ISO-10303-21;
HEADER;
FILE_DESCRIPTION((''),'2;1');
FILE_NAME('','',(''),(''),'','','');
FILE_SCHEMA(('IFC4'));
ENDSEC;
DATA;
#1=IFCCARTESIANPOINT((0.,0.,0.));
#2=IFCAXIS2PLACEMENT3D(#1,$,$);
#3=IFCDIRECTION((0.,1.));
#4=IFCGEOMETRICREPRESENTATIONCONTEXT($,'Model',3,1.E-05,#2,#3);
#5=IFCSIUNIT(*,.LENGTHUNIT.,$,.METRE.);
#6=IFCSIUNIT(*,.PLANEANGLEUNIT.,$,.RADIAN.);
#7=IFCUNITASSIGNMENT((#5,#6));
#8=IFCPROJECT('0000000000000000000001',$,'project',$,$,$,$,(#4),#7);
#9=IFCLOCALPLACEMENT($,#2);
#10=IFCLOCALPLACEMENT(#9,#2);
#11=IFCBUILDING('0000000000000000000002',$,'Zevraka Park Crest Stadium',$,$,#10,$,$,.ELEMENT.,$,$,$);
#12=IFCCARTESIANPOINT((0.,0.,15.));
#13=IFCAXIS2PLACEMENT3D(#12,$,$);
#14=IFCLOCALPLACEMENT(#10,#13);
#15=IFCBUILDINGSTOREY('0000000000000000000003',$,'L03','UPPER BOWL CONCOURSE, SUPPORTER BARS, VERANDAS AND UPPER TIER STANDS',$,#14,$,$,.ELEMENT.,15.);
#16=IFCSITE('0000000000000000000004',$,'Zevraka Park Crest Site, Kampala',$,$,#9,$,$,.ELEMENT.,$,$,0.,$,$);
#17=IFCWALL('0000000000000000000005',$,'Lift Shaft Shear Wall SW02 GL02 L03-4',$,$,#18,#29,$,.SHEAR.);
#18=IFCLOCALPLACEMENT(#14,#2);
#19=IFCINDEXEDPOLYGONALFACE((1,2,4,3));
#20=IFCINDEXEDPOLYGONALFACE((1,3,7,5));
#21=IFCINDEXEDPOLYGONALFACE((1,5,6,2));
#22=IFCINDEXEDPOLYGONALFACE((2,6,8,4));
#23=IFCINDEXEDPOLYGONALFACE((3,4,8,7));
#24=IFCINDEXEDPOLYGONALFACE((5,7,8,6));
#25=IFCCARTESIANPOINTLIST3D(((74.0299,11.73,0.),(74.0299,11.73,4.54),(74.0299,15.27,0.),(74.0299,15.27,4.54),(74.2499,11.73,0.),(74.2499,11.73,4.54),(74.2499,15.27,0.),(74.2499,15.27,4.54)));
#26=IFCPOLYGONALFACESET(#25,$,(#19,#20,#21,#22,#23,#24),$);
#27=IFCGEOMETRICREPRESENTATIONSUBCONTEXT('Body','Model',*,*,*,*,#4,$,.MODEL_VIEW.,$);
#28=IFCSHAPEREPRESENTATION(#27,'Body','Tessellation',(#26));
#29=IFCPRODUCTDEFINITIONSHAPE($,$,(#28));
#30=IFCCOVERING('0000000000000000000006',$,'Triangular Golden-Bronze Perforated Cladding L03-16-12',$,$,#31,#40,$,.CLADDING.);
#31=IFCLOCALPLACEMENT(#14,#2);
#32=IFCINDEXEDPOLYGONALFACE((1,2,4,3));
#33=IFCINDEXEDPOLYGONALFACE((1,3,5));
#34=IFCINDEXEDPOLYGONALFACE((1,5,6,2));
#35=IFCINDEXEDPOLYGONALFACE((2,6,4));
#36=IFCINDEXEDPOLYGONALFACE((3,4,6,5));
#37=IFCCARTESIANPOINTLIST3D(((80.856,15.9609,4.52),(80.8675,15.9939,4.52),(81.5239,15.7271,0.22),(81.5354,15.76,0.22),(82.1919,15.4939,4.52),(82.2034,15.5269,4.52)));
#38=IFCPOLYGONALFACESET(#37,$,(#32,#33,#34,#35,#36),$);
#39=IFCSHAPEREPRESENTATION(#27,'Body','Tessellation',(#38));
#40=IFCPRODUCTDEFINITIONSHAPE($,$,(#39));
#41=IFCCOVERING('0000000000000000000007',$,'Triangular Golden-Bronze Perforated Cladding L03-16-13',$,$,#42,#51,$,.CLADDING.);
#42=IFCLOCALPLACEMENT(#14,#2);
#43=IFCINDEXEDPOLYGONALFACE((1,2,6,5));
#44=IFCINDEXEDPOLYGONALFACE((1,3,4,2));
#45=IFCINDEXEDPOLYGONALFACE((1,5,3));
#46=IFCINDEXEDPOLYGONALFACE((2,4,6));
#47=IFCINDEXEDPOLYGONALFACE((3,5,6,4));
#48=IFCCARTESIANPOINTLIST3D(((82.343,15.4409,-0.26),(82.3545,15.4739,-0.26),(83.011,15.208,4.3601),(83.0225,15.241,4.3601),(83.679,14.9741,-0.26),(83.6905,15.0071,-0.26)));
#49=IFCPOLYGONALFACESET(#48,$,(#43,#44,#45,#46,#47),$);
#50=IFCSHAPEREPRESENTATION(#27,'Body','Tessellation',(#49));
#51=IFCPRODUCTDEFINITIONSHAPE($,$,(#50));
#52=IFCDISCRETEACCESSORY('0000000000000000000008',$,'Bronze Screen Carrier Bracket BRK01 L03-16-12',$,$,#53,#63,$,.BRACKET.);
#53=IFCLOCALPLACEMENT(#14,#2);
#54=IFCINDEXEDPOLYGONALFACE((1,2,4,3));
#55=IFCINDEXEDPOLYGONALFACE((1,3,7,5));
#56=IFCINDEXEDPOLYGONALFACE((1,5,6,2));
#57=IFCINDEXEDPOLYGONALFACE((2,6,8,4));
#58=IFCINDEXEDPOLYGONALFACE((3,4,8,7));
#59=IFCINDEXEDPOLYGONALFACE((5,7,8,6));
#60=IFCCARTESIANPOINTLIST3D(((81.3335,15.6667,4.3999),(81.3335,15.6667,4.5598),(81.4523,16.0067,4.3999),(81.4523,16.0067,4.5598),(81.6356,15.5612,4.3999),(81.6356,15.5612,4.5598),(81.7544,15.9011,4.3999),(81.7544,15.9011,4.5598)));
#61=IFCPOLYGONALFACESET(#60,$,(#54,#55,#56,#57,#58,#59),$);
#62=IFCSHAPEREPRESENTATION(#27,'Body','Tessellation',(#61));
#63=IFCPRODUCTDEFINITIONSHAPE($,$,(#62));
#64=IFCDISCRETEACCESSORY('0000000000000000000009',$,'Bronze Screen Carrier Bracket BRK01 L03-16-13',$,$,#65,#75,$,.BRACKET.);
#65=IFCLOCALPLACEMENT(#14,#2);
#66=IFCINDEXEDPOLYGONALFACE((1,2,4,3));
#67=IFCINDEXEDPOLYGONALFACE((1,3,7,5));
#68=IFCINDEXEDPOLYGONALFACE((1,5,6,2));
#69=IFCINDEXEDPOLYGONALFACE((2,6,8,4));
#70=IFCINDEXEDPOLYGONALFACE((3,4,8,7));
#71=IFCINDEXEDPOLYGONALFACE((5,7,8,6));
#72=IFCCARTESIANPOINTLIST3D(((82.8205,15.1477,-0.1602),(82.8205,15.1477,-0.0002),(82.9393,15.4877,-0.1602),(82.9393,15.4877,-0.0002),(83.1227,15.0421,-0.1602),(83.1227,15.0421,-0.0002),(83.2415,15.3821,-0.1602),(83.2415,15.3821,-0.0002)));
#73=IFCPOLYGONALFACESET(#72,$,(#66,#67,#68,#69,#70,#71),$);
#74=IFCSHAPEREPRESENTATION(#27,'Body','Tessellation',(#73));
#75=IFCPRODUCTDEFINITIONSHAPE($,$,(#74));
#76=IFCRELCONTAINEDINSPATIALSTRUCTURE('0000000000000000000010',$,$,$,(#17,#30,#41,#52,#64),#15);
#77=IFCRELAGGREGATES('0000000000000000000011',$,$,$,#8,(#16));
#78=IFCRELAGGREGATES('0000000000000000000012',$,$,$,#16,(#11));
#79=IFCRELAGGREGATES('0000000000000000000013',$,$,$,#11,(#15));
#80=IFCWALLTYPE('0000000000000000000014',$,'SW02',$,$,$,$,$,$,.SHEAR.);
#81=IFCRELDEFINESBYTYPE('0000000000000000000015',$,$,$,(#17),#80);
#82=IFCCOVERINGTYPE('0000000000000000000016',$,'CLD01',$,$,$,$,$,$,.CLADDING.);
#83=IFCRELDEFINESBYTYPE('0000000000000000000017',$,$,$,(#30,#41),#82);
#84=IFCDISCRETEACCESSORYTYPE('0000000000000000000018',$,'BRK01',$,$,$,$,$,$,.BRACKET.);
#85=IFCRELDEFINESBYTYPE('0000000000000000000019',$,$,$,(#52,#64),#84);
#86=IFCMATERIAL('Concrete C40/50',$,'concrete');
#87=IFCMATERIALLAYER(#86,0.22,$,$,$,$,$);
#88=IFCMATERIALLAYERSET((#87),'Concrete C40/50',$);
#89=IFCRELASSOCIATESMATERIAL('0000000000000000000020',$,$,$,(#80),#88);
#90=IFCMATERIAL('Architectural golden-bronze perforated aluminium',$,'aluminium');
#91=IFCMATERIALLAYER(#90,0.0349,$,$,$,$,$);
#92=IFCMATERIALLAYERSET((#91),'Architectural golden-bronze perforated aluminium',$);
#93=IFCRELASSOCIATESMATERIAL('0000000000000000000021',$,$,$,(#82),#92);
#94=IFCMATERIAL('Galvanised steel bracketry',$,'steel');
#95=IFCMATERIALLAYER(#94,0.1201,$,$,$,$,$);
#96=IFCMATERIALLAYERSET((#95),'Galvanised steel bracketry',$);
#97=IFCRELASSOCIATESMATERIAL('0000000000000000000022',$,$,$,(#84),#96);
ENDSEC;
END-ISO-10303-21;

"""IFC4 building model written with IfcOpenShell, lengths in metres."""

from ifc_helpers import new_model, si_unit, direction, frame, frame_2d, origin, origin_2d, place, context, subcontext, project, spatial, polyline, rectangle, outline, extrude, material, layer, layer_set, type_object, element, save


model = new_model("IFC4")

# Units and contexts
model_context = context("Model", 3, precision=1e-05, world=origin(), true_north=direction((0.0, 1.0)))
body_context = subcontext(model_context, "Body", "Model", "MODEL_VIEW")
ifc_project = project(units=[si_unit("LENGTHUNIT", "METRE"), si_unit("PLANEANGLEUNIT", "RADIAN")], contexts=[model_context])

# Site, building, storey
site_placement = place(None, origin())
site = spatial("IfcSite", under=ifc_project, at=site_placement, Name="Zevraka Park Crest Site, Kampala", CompositionType="ELEMENT", RefElevation=0.0)
building_placement = place(site_placement, origin())
building = spatial("IfcBuilding", under=site, at=building_placement, Name="Zevraka Park Crest Stadium", CompositionType="ELEMENT")
storey_placement = place(building_placement, frame((0.0, 0.0, 15.0)))
storey = spatial("IfcBuildingStorey", under=building, at=storey_placement, Name="L03", Description="UPPER BOWL CONCOURSE, SUPPORTER BARS, VERANDAS AND UPPER TIER STANDS", CompositionType="ELEMENT", Elevation=15.0)

# Wall
ifc_material_1 = material(Name="Concrete C40/50", Category="concrete")
ifc_layer_1 = layer(ifc_material_1, 0.22)
ifc_layer_set_1 = layer_set([ifc_layer_1], Name="Concrete C40/50")
wall_type = type_object("IfcWallType", Name="SW02", PredefinedType="SHEAR", material=ifc_layer_set_1)
wall_1_placement = place(storey_placement, frame((74.1399, 15.27, 0.0), z_axis=(0.0, 0.0, 1.0), x_axis=(0.0, -1.0, 0.0)))
element("IfcWall", 1, at=wall_1_placement, inside=storey, type_object=wall_type, Name="Lift Shaft Shear Wall SW02 GL02 L03-4", PredefinedType="SHEAR", context=body_context, shape_type="SweptSolid", body=[
    extrude(rectangle(XDim=3.54, YDim=0.22, at=frame_2d((1.77, 0.0))), origin(), (0.0, 0.0, 1.0), 4.54),
])

# Coverings
ifc_material_2 = material(Name="Architectural golden-bronze perforated aluminium", Category="aluminium")
ifc_layer_2 = layer(ifc_material_2, 0.0349)
ifc_layer_set_2 = layer_set([ifc_layer_2], Name="Architectural golden-bronze perforated aluminium")
covering_type = type_object("IfcCoveringType", Name="CLD01", PredefinedType="CLADDING", material=ifc_layer_set_2)
covering_1_placement = place(storey_placement, frame((82.1919, 15.4939, 4.52), z_axis=(-0.330012, -0.943977, 0.00008), x_axis=(-0.943977, 0.330012, 0.0)))
element("IfcCovering", 2, at=covering_1_placement, inside=storey, type_object=covering_type, Name="Triangular Golden-Bronze Perforated Cladding L03-16-12", PredefinedType="CLADDING", context=body_context, shape_type="SweptSolid", body=[
    extrude(outline(polyline([(0.0, 0.0), (1.4152, 0.0), (0.7075, 4.3), (0.0, 0.0)])), origin(), (0.0, 0.0, -1.0), 0.0349),
])
covering_2_placement = place(storey_placement, frame((82.343, 15.4409, -0.26), z_axis=(-0.329859, -0.94403, 0.0001), x_axis=(0.94403, -0.329859, 0.0)))
element("IfcCovering", 3, at=covering_2_placement, inside=storey, type_object=covering_type, Name="Triangular Golden-Bronze Perforated Cladding L03-16-13", PredefinedType="CLADDING", context=body_context, shape_type="SweptSolid", body=[
    extrude(outline(polyline([(0.0, 0.0), (1.4151, 0.0), (0.7074, 4.6201), (0.0, 0.0)])), origin(), (0.0, 0.0, -1.0), 0.0349),
])

# Discrete accessories
ifc_material_3 = material(Name="Galvanised steel bracketry", Category="steel")
ifc_layer_3 = layer(ifc_material_3, 0.1201)
ifc_layer_set_3 = layer_set([ifc_layer_3], Name="Galvanised steel bracketry")
discrete_accessory_type = type_object("IfcDiscreteAccessoryType", Name="BRK01", PredefinedType="BRACKET", material=ifc_layer_set_3)
for number, where, z_axis, x_axis, name in (
    (4, (81.5439, 15.7839, 4.3999), (0.0, 0.0, 1.0), (0.944031, -0.329855, 0.0), "Bronze Screen Carrier Bracket BRK01 L03-16-12"),
    (5, (83.031, 15.2649, -0.1602), (0.0, 0.0, 1.0), (0.944031, -0.329855, 0.0), "Bronze Screen Carrier Bracket BRK01 L03-16-13"),
):
    element("IfcDiscreteAccessory", number, at=place(storey_placement, frame(where, z_axis=z_axis, x_axis=x_axis)), inside=storey, type_object=discrete_accessory_type, Name=name, PredefinedType="BRACKET", context=body_context, shape_type="SweptSolid", body=[
        extrude(rectangle(XDim=0.3201, YDim=0.3601, at=origin_2d()), origin(), (0.0, 0.0, 1.0), 0.1599),
    ])

save(model, "model.ifc")
